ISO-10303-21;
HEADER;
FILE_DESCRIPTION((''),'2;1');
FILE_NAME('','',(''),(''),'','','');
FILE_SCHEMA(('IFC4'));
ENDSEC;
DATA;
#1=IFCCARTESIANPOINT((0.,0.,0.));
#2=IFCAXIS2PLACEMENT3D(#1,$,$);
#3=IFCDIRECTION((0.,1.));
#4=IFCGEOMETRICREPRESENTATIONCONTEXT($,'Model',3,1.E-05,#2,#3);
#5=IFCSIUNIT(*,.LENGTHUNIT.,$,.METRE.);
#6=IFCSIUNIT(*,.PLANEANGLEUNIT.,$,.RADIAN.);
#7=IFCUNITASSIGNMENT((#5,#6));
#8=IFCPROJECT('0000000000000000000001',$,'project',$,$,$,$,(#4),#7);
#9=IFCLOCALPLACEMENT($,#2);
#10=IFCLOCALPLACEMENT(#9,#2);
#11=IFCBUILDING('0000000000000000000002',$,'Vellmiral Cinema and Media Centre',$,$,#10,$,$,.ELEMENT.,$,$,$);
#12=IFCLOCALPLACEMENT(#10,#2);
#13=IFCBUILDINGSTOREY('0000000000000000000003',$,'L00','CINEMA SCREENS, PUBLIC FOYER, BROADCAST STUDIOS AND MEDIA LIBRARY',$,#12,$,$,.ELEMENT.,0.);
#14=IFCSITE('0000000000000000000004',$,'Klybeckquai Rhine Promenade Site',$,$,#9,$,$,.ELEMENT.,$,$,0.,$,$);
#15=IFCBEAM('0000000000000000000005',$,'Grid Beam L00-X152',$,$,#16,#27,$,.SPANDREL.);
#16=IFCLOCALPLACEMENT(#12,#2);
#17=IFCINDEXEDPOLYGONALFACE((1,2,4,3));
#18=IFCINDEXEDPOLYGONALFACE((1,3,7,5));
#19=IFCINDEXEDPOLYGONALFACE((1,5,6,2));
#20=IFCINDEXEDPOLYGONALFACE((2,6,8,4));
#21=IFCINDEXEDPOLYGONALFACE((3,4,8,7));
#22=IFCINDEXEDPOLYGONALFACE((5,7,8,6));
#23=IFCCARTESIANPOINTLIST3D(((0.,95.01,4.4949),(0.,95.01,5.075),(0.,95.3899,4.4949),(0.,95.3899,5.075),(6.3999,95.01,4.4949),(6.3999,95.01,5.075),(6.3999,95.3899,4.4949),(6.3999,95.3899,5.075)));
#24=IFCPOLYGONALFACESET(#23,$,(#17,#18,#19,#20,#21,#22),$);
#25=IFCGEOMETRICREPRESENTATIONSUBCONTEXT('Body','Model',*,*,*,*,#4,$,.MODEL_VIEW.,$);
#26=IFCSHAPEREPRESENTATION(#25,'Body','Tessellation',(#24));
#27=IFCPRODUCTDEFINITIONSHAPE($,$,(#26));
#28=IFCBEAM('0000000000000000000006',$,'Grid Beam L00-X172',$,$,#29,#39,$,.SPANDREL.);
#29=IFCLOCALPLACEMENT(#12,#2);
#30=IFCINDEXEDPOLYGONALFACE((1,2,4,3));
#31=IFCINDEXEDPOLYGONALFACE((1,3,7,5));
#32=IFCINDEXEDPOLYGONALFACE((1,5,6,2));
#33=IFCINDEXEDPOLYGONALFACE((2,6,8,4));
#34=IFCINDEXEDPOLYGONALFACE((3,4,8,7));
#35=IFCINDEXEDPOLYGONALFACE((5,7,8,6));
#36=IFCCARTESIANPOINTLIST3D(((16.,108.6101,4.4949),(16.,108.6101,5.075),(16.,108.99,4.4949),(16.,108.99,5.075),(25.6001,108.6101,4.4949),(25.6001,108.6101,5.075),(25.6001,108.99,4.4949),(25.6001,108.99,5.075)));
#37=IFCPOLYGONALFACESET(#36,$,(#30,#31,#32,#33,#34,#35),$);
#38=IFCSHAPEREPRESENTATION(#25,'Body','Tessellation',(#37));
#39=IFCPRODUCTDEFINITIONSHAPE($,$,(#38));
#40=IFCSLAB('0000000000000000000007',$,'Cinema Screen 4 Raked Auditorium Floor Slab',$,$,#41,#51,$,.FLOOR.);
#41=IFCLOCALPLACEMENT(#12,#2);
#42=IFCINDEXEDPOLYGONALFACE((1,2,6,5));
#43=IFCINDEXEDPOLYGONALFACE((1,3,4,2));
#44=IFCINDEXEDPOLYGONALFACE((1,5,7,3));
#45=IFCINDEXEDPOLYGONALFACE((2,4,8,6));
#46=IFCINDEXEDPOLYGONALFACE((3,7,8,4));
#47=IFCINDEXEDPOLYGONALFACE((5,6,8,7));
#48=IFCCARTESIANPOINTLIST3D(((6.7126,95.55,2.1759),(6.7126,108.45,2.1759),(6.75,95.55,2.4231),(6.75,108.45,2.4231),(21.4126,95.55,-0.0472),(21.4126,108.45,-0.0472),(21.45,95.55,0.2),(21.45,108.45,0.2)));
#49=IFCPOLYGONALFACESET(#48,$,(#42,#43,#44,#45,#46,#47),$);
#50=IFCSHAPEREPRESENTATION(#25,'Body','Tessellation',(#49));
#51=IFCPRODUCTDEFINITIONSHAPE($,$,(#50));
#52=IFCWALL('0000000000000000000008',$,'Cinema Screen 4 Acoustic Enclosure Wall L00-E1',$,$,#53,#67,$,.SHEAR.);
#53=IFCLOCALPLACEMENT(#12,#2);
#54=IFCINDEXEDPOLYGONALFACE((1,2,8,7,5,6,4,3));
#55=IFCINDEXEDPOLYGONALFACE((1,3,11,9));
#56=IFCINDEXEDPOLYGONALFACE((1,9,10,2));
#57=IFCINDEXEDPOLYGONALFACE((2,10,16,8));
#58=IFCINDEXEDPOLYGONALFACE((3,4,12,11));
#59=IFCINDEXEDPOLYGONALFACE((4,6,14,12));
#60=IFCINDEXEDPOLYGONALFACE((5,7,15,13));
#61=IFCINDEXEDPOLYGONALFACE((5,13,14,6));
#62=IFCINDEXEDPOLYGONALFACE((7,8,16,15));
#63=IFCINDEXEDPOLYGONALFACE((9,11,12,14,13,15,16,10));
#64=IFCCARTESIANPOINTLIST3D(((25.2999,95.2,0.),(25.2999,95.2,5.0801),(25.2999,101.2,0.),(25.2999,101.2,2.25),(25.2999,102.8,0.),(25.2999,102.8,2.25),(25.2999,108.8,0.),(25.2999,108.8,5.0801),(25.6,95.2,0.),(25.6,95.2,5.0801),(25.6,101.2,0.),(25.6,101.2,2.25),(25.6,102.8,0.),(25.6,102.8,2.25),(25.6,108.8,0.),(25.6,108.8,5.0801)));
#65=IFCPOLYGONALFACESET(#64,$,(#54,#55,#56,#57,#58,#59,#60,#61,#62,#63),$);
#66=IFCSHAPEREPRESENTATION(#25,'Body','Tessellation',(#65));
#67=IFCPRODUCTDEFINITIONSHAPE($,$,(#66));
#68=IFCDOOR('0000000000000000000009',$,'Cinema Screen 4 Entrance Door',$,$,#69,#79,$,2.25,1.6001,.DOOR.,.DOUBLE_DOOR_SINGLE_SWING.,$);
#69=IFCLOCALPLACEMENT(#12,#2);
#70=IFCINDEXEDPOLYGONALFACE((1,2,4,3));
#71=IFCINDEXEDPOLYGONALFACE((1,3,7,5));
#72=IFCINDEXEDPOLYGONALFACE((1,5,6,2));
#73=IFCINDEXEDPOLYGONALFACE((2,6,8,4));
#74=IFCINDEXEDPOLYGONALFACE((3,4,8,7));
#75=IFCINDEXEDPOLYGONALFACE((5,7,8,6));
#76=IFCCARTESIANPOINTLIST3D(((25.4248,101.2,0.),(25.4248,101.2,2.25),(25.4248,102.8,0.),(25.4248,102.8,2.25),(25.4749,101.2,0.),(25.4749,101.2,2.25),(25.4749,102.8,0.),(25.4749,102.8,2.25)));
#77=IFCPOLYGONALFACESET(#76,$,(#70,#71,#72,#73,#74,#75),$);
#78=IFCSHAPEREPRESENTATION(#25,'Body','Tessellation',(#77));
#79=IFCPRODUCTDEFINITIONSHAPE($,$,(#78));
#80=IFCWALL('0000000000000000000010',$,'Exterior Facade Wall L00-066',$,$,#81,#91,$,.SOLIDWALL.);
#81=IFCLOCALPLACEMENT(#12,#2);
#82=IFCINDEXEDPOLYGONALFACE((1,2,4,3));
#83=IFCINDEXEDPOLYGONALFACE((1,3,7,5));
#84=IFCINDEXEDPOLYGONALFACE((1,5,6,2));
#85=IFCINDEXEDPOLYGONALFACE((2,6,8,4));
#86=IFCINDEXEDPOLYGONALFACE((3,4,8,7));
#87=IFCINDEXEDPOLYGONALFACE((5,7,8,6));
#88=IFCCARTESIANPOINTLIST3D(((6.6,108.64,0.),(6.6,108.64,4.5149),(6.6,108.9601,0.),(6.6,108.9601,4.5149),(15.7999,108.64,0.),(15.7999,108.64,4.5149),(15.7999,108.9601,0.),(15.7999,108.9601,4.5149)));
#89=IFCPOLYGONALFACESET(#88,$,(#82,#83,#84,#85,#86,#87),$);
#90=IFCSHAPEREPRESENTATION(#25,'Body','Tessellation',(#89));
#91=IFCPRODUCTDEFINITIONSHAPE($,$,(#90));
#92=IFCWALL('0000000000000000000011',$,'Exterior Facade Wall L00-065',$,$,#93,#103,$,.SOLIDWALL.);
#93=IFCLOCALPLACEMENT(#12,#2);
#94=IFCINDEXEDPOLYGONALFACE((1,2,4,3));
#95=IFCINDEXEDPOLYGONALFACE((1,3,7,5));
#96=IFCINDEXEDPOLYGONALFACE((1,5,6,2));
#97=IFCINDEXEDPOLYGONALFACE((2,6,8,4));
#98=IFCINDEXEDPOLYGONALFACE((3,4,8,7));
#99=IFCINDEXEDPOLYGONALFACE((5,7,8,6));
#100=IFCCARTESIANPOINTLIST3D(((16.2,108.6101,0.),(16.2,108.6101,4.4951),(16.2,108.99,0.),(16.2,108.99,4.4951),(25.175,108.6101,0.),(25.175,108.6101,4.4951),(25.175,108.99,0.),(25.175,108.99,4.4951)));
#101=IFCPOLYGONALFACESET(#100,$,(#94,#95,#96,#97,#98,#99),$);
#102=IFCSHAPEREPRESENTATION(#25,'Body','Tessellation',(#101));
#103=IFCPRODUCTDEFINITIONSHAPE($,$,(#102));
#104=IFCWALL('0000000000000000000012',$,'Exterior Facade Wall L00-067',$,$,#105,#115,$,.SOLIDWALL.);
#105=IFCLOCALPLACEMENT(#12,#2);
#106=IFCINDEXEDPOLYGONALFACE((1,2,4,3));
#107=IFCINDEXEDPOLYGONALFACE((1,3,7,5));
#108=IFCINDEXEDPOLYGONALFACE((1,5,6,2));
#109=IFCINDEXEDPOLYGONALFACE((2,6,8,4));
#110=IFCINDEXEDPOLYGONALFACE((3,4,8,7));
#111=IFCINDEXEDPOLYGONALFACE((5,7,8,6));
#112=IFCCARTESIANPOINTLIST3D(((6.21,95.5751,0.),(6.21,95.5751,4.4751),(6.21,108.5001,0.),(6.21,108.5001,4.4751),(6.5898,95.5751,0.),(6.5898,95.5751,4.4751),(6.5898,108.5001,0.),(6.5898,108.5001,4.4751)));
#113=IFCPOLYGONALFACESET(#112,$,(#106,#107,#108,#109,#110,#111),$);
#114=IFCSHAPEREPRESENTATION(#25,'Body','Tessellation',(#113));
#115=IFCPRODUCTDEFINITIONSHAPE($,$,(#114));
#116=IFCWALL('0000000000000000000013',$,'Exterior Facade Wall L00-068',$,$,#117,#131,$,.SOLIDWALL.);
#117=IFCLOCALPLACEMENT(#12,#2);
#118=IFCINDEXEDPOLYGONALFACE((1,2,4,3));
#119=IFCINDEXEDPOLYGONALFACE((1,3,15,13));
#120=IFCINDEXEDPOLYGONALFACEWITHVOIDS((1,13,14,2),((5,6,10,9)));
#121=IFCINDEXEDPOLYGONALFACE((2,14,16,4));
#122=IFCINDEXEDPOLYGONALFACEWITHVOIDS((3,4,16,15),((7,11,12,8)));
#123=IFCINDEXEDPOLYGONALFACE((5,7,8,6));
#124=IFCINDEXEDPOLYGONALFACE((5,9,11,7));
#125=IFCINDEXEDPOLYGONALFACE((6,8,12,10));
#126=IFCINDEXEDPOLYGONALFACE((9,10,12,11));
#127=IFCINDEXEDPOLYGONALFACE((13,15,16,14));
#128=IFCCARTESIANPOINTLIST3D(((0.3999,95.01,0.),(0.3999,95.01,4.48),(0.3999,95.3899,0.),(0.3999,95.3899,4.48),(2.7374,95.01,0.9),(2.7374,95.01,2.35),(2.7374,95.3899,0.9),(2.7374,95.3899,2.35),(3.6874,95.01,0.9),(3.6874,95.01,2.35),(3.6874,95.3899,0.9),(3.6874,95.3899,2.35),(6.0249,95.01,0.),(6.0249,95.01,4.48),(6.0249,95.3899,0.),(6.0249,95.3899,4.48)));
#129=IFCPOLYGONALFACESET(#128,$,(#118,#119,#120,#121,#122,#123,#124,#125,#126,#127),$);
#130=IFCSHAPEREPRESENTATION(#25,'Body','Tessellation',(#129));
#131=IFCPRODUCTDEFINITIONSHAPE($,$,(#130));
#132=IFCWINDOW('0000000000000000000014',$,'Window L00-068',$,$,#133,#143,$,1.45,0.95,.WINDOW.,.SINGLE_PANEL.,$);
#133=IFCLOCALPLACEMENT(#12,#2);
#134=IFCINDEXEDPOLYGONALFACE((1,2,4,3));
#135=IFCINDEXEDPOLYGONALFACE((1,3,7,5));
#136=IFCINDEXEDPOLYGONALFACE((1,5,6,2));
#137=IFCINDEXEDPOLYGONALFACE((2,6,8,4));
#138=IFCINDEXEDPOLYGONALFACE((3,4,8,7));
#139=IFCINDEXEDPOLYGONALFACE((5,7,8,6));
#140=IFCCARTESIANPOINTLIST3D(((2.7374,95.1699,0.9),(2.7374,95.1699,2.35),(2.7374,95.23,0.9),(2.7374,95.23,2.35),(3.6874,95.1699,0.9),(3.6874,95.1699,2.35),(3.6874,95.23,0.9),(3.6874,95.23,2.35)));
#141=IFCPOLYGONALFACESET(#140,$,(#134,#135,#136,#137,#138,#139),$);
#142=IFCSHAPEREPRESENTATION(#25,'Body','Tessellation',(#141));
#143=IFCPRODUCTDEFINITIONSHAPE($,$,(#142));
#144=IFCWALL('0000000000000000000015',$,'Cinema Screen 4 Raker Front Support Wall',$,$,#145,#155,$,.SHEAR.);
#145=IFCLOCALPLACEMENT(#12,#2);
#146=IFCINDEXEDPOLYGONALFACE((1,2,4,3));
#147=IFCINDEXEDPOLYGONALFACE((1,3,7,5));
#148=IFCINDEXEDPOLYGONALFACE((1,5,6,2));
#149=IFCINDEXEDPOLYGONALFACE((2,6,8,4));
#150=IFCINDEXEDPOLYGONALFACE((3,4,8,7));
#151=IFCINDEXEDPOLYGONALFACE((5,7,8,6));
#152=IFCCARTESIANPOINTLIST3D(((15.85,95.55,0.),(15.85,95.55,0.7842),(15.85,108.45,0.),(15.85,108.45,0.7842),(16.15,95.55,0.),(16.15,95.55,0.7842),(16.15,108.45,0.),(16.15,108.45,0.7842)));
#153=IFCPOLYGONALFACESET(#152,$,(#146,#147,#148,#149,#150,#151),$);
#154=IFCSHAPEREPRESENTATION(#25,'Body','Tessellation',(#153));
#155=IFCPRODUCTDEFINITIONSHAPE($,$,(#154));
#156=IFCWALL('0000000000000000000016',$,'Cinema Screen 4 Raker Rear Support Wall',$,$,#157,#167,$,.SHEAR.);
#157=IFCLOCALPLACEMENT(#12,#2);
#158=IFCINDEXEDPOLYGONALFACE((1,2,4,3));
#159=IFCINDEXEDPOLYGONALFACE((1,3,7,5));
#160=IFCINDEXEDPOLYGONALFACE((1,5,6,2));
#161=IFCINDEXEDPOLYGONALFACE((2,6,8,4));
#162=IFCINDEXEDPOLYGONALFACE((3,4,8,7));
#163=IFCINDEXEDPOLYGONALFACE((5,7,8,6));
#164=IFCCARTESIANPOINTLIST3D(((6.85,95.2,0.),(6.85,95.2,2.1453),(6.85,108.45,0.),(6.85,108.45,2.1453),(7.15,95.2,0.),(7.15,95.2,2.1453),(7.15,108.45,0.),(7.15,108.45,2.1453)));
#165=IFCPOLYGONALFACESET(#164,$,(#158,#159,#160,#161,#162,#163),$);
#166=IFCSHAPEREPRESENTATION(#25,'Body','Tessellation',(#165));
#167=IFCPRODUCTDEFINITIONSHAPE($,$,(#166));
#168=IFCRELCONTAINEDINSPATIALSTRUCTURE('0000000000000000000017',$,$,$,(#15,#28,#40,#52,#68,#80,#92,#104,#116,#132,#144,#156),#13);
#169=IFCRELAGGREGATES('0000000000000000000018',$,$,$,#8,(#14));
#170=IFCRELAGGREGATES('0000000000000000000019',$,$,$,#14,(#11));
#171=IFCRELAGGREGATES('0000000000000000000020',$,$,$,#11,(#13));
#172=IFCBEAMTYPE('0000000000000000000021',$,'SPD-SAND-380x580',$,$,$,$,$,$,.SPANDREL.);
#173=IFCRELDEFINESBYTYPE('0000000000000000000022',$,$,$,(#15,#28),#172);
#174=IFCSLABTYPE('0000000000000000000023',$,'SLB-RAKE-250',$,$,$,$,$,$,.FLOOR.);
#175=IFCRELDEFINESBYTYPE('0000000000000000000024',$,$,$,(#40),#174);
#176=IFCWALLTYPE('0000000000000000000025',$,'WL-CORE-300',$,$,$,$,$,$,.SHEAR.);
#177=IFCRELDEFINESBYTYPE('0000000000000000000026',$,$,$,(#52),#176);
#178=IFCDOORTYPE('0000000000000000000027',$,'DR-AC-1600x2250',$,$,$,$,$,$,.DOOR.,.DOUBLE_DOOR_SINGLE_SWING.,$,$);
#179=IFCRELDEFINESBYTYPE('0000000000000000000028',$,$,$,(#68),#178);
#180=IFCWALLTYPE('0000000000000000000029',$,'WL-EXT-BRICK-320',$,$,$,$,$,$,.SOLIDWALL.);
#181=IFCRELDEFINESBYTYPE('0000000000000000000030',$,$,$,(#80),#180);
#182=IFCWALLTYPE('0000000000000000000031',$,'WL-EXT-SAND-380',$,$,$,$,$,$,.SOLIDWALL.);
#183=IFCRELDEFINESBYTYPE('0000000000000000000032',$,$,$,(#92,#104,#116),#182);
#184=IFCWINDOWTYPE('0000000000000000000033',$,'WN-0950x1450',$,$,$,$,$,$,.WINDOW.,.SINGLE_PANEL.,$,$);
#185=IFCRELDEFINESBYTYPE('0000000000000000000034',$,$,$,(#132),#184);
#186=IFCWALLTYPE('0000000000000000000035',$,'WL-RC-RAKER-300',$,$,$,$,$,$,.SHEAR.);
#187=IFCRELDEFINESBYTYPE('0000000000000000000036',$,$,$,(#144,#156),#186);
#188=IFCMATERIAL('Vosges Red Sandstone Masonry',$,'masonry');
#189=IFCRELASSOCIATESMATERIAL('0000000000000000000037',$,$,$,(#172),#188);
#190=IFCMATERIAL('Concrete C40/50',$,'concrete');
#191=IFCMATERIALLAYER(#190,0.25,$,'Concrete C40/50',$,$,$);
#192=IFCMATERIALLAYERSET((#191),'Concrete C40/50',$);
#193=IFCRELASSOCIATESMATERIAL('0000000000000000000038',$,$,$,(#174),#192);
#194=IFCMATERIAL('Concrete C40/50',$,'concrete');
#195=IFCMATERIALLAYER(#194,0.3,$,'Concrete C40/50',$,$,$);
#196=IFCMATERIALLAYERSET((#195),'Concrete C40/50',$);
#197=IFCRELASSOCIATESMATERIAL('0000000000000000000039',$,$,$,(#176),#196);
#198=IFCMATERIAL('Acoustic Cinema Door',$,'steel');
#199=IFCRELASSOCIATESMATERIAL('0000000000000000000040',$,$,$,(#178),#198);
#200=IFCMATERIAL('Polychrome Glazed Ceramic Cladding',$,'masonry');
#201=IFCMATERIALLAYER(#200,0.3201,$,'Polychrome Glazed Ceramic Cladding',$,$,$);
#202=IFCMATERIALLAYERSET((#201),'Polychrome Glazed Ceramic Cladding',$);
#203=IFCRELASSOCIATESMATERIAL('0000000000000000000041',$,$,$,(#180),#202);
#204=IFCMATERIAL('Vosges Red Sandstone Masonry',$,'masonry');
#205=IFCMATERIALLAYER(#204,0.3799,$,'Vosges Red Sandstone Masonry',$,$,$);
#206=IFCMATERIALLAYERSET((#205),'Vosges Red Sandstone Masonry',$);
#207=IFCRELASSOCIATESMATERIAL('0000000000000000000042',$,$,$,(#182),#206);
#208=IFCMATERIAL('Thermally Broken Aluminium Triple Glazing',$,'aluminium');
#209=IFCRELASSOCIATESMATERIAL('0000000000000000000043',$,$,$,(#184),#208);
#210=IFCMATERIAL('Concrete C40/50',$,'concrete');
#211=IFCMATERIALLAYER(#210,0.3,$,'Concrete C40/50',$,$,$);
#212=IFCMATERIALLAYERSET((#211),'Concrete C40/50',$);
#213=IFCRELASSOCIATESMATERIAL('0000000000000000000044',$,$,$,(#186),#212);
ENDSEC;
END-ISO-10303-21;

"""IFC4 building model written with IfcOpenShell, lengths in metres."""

from ifc_helpers import new_model, si_unit, direction, frame, frame_2d, origin, origin_2d, place, context, subcontext, project, spatial, polyline, rectangle, outline, extrude, material, layer, layer_set, material_profile, profile_set, type_object, element, fill, save


model = new_model("IFC4")

# Units and contexts
model_context = context("Model", 3, precision=1e-05, world=origin(), true_north=direction((0.0, 1.0)))
body_context = subcontext(model_context, "Body", "Model", "MODEL_VIEW")
ifc_project = project(units=[si_unit("LENGTHUNIT", "METRE"), si_unit("PLANEANGLEUNIT", "RADIAN")], contexts=[model_context])

# Site, building, storey
site_placement = place(None, origin())
site = spatial("IfcSite", under=ifc_project, at=site_placement, Name="Klybeckquai Rhine Promenade Site", CompositionType="ELEMENT", RefElevation=0.0)
building_placement = place(site_placement, origin())
building = spatial("IfcBuilding", under=site, at=building_placement, Name="Vellmiral Cinema and Media Centre", CompositionType="ELEMENT")
storey_placement = place(building_placement, origin())
storey = spatial("IfcBuildingStorey", under=building, at=storey_placement, Name="L00", Description="CINEMA SCREENS, PUBLIC FOYER, BROADCAST STUDIOS AND MEDIA LIBRARY", CompositionType="ELEMENT", Elevation=0.0)

# Beams
ifc_material_1 = material(Name="Vosges Red Sandstone Masonry", Category="masonry")
ifc_material_profile_1 = material_profile(ifc_material_1, rectangle(XDim=0.3799, YDim=0.5801, at=origin_2d()), Name="SAND 380x580")
ifc_profile_set_1 = profile_set([ifc_material_profile_1], Name="Vosges Red Sandstone Masonry")
beam_type_1 = type_object("IfcBeamType", Name="SPD-SAND-380x580", PredefinedType="SPANDREL", material=ifc_profile_set_1)
beam_1_placement = place(storey_placement, frame((0.0, 95.2, 4.7849), z_axis=(1.0, 0.0, 0.0), x_axis=(0.0, 1.0, 0.0)))
element("IfcBeam", 1, at=beam_1_placement, inside=storey, type_object=beam_type_1, Name="Grid Beam L00-X152", PredefinedType="SPANDREL", context=body_context, shape_type="SweptSolid", body=[
    extrude(rectangle(XDim=0.3799, YDim=0.5801, at=origin_2d()), origin(), (0.0, 0.0, 1.0), 6.3999),
])
beam_2_placement = place(storey_placement, frame((16.0, 108.8, 4.7849), z_axis=(1.0, 0.0, 0.0), x_axis=(0.0, 1.0, 0.0)))
element("IfcBeam", 2, at=beam_2_placement, inside=storey, type_object=beam_type_1, Name="Grid Beam L00-X172", PredefinedType="SPANDREL", context=body_context, shape_type="SweptSolid", body=[
    extrude(rectangle(XDim=0.3799, YDim=0.5801, at=origin_2d()), origin(), (0.0, 0.0, 1.0), 9.6001),
])

# Slab
ifc_material_2 = material(Name="Concrete C40/50", Category="concrete")
ifc_layer_1 = layer(ifc_material_2, 0.25, Name="Concrete C40/50")
ifc_layer_set_1 = layer_set([ifc_layer_1], Name="Concrete C40/50")
slab_type = type_object("IfcSlabType", Name="SLB-RAKE-250", PredefinedType="FLOOR", material=ifc_layer_set_1)
slab_placement = place(storey_placement, frame((6.75, 95.55, 2.4231), z_axis=(0.149534, 0.0, 0.988757), x_axis=(0.988757, 0.0, -0.149534)))
element("IfcSlab", 3, at=slab_placement, inside=storey, type_object=slab_type, Name="Cinema Screen 4 Raked Auditorium Floor Slab", PredefinedType="FLOOR", context=body_context, shape_type="SweptSolid", body=[
    extrude(outline(polyline([(0.0, 0.0), (14.8671, 0.0), (14.8671, 12.8999), (0.0, 12.8999), (0.0, 0.0)])), origin(), (0.0, 0.0, -1.0), 0.25),
])

# Wall, opening, door
ifc_material_3 = material(Name="Concrete C40/50", Category="concrete")
ifc_layer_2 = layer(ifc_material_3, 0.3, Name="Concrete C40/50")
ifc_layer_set_2 = layer_set([ifc_layer_2], Name="Concrete C40/50")
wall_type_1 = type_object("IfcWallType", Name="WL-CORE-300", PredefinedType="SHEAR", material=ifc_layer_set_2)
wall_1_placement = place(storey_placement, frame((25.45, 95.2, 0.0), z_axis=(0.0, 0.0, 1.0), x_axis=(0.0, 1.0, 0.0)))
wall_1 = element("IfcWall", 4, at=wall_1_placement, inside=storey, type_object=wall_type_1, Name="Cinema Screen 4 Acoustic Enclosure Wall L00-E1", PredefinedType="SHEAR", context=body_context, shape_type="SweptSolid", body=[
    extrude(rectangle(XDim=13.6001, YDim=0.3, at=frame_2d((6.8, 0.0))), origin(), (0.0, 0.0, 1.0), 5.0801),
])
opening_1_placement = place(wall_1_placement, frame((6.0, 0.0, 0.0)))
opening_1 = element("IfcOpeningElement", 5, at=opening_1_placement, cuts=wall_1, PredefinedType="OPENING", context=body_context, shape_type="SweptSolid", body=[
    extrude(rectangle(XDim=1.6001, YDim=2.25, at=frame_2d((0.8, 1.125))), frame((0.0, 0.1621, 0.0), z_axis=(0.0, -1.0, 0.0), x_axis=(1.0, 0.0, 0.0)), (0.0, 0.0, 1.0), 0.324),
])
ifc_material_4 = material(Name="Acoustic Cinema Door", Category="steel")
door_type = type_object("IfcDoorType", Name="DR-AC-1600x2250", OperationType="DOUBLE_DOOR_SINGLE_SWING", PredefinedType="DOOR", material=ifc_material_4)
door_placement = place(opening_1_placement, frame((1.6001, 0.0, 0.0), z_axis=(0.0, 0.0, 1.0), x_axis=(-1.0, 0.0, 0.0)))
door = element("IfcDoor", 6, at=door_placement, inside=storey, type_object=door_type, Name="Cinema Screen 4 Entrance Door", OperationType="DOUBLE_DOOR_SINGLE_SWING", OverallHeight=2.25, OverallWidth=1.6001, PredefinedType="DOOR", context=body_context, shape_type="SweptSolid", body=[
    extrude(rectangle(XDim=1.6001, YDim=2.25, at=frame_2d((0.8, 1.125))), frame((0.0, 0.0249, 0.0), z_axis=(0.0, -1.0, 0.0), x_axis=(1.0, 0.0, 0.0)), (0.0, 0.0, 1.0), 0.05),
])
fill(opening_1, door)

# Walls
ifc_material_5 = material(Name="Polychrome Glazed Ceramic Cladding", Category="masonry")
ifc_layer_3 = layer(ifc_material_5, 0.3201, Name="Polychrome Glazed Ceramic Cladding")
ifc_layer_set_3 = layer_set([ifc_layer_3], Name="Polychrome Glazed Ceramic Cladding")
wall_type_2 = type_object("IfcWallType", Name="WL-EXT-BRICK-320", PredefinedType="SOLIDWALL", material=ifc_layer_set_3)
wall_2_placement = place(storey_placement, frame((15.8, 108.8, 0.0), z_axis=(0.0, 0.0, 1.0), x_axis=(-1.0, 0.0, 0.0)))
element("IfcWall", 7, at=wall_2_placement, inside=storey, type_object=wall_type_2, Name="Exterior Facade Wall L00-066", PredefinedType="SOLIDWALL", context=body_context, shape_type="SweptSolid", body=[
    extrude(rectangle(XDim=9.2, YDim=0.3201, at=frame_2d((4.6001, 0.0))), origin(), (0.0, 0.0, 1.0), 4.5149),
])
ifc_material_6 = material(Name="Vosges Red Sandstone Masonry", Category="masonry")
ifc_layer_4 = layer(ifc_material_6, 0.3799, Name="Vosges Red Sandstone Masonry")
ifc_layer_set_4 = layer_set([ifc_layer_4], Name="Vosges Red Sandstone Masonry")
wall_type_3 = type_object("IfcWallType", Name="WL-EXT-SAND-380", PredefinedType="SOLIDWALL", material=ifc_layer_set_4)
wall_3_placement = place(storey_placement, frame((25.175, 108.8, 0.0), z_axis=(0.0, 0.0, 1.0), x_axis=(-1.0, 0.0, 0.0)))
element("IfcWall", 8, at=wall_3_placement, inside=storey, type_object=wall_type_3, Name="Exterior Facade Wall L00-065", PredefinedType="SOLIDWALL", context=body_context, shape_type="SweptSolid", body=[
    extrude(rectangle(XDim=8.9751, YDim=0.3799, at=frame_2d((4.4875, 0.0))), origin(), (0.0, 0.0, 1.0), 4.4951),
])
wall_4_placement = place(storey_placement, frame((6.3999, 108.5, 0.0), z_axis=(0.0, 0.0, 1.0), x_axis=(0.0, -1.0, 0.0)))
element("IfcWall", 9, at=wall_4_placement, inside=storey, type_object=wall_type_3, Name="Exterior Facade Wall L00-067", PredefinedType="SOLIDWALL", context=body_context, shape_type="SweptSolid", body=[
    extrude(rectangle(XDim=12.925, YDim=0.3799, at=frame_2d((6.4624, 0.0))), origin(), (0.0, 0.0, 1.0), 4.4751),
])

# Wall, opening, window
wall_5_placement = place(storey_placement, frame((6.0249, 95.2, 0.0), z_axis=(0.0, 0.0, 1.0), x_axis=(-1.0, 0.0, 0.0)))
wall_5 = element("IfcWall", 10, at=wall_5_placement, inside=storey, type_object=wall_type_3, Name="Exterior Facade Wall L00-068", PredefinedType="SOLIDWALL", context=body_context, shape_type="SweptSolid", body=[
    extrude(rectangle(XDim=5.625, YDim=0.3799, at=frame_2d((2.8125, 0.0))), origin(), (0.0, 0.0, 1.0), 4.48),
])
opening_2_placement = place(wall_5_placement, frame((2.3374, 0.0, 0.8999)))
opening_2 = element("IfcOpeningElement", 11, at=opening_2_placement, cuts=wall_5, PredefinedType="OPENING", context=body_context, shape_type="SweptSolid", body=[
    extrude(rectangle(XDim=0.95, YDim=1.45, at=frame_2d((0.4751, 0.7251))), frame((0.0, 0.2019, 0.0), z_axis=(0.0, -1.0, 0.0), x_axis=(1.0, 0.0, 0.0)), (0.0, 0.0, 1.0), 0.4038),
])
ifc_material_7 = material(Name="Thermally Broken Aluminium Triple Glazing", Category="aluminium")
window_type = type_object("IfcWindowType", Name="WN-0950x1450", PartitioningType="SINGLE_PANEL", PredefinedType="WINDOW", material=ifc_material_7)
window_placement = place(opening_2_placement, origin())
window = element("IfcWindow", 12, at=window_placement, inside=storey, type_object=window_type, Name="Window L00-068", OverallHeight=1.45, OverallWidth=0.95, PartitioningType="SINGLE_PANEL", PredefinedType="WINDOW", context=body_context, shape_type="SweptSolid", body=[
    extrude(rectangle(XDim=0.95, YDim=1.45, at=frame_2d((0.4751, 0.7251))), frame((0.0, 0.03, 0.0), z_axis=(0.0, -1.0, 0.0), x_axis=(1.0, 0.0, 0.0)), (0.0, 0.0, 1.0), 0.0601),
])
fill(opening_2, window)

# Walls
ifc_material_8 = material(Name="Concrete C40/50", Category="concrete")
ifc_layer_5 = layer(ifc_material_8, 0.3, Name="Concrete C40/50")
ifc_layer_set_5 = layer_set([ifc_layer_5], Name="Concrete C40/50")
wall_type_4 = type_object("IfcWallType", Name="WL-RC-RAKER-300", PredefinedType="SHEAR", material=ifc_layer_set_5)
wall_6_placement = place(storey_placement, frame((16.0, 95.55, 0.0), z_axis=(0.0, 0.0, 1.0), x_axis=(0.0, 1.0, 0.0)))
element("IfcWall", 13, at=wall_6_placement, inside=storey, type_object=wall_type_4, Name="Cinema Screen 4 Raker Front Support Wall", PredefinedType="SHEAR", context=body_context, shape_type="SweptSolid", body=[
    extrude(rectangle(XDim=12.8999, YDim=0.3, at=frame_2d((6.45, 0.0))), origin(), (0.0, 0.0, 1.0), 0.7842),
])
wall_7_placement = place(storey_placement, frame((7.0, 95.2, 0.0), z_axis=(0.0, 0.0, 1.0), x_axis=(0.0, 1.0, 0.0)))
element("IfcWall", 14, at=wall_7_placement, inside=storey, type_object=wall_type_4, Name="Cinema Screen 4 Raker Rear Support Wall", PredefinedType="SHEAR", context=body_context, shape_type="SweptSolid", body=[
    extrude(rectangle(XDim=13.25, YDim=0.3, at=frame_2d((6.625, 0.0))), origin(), (0.0, 0.0, 1.0), 2.1453),
])

save(model, "model.ifc")
